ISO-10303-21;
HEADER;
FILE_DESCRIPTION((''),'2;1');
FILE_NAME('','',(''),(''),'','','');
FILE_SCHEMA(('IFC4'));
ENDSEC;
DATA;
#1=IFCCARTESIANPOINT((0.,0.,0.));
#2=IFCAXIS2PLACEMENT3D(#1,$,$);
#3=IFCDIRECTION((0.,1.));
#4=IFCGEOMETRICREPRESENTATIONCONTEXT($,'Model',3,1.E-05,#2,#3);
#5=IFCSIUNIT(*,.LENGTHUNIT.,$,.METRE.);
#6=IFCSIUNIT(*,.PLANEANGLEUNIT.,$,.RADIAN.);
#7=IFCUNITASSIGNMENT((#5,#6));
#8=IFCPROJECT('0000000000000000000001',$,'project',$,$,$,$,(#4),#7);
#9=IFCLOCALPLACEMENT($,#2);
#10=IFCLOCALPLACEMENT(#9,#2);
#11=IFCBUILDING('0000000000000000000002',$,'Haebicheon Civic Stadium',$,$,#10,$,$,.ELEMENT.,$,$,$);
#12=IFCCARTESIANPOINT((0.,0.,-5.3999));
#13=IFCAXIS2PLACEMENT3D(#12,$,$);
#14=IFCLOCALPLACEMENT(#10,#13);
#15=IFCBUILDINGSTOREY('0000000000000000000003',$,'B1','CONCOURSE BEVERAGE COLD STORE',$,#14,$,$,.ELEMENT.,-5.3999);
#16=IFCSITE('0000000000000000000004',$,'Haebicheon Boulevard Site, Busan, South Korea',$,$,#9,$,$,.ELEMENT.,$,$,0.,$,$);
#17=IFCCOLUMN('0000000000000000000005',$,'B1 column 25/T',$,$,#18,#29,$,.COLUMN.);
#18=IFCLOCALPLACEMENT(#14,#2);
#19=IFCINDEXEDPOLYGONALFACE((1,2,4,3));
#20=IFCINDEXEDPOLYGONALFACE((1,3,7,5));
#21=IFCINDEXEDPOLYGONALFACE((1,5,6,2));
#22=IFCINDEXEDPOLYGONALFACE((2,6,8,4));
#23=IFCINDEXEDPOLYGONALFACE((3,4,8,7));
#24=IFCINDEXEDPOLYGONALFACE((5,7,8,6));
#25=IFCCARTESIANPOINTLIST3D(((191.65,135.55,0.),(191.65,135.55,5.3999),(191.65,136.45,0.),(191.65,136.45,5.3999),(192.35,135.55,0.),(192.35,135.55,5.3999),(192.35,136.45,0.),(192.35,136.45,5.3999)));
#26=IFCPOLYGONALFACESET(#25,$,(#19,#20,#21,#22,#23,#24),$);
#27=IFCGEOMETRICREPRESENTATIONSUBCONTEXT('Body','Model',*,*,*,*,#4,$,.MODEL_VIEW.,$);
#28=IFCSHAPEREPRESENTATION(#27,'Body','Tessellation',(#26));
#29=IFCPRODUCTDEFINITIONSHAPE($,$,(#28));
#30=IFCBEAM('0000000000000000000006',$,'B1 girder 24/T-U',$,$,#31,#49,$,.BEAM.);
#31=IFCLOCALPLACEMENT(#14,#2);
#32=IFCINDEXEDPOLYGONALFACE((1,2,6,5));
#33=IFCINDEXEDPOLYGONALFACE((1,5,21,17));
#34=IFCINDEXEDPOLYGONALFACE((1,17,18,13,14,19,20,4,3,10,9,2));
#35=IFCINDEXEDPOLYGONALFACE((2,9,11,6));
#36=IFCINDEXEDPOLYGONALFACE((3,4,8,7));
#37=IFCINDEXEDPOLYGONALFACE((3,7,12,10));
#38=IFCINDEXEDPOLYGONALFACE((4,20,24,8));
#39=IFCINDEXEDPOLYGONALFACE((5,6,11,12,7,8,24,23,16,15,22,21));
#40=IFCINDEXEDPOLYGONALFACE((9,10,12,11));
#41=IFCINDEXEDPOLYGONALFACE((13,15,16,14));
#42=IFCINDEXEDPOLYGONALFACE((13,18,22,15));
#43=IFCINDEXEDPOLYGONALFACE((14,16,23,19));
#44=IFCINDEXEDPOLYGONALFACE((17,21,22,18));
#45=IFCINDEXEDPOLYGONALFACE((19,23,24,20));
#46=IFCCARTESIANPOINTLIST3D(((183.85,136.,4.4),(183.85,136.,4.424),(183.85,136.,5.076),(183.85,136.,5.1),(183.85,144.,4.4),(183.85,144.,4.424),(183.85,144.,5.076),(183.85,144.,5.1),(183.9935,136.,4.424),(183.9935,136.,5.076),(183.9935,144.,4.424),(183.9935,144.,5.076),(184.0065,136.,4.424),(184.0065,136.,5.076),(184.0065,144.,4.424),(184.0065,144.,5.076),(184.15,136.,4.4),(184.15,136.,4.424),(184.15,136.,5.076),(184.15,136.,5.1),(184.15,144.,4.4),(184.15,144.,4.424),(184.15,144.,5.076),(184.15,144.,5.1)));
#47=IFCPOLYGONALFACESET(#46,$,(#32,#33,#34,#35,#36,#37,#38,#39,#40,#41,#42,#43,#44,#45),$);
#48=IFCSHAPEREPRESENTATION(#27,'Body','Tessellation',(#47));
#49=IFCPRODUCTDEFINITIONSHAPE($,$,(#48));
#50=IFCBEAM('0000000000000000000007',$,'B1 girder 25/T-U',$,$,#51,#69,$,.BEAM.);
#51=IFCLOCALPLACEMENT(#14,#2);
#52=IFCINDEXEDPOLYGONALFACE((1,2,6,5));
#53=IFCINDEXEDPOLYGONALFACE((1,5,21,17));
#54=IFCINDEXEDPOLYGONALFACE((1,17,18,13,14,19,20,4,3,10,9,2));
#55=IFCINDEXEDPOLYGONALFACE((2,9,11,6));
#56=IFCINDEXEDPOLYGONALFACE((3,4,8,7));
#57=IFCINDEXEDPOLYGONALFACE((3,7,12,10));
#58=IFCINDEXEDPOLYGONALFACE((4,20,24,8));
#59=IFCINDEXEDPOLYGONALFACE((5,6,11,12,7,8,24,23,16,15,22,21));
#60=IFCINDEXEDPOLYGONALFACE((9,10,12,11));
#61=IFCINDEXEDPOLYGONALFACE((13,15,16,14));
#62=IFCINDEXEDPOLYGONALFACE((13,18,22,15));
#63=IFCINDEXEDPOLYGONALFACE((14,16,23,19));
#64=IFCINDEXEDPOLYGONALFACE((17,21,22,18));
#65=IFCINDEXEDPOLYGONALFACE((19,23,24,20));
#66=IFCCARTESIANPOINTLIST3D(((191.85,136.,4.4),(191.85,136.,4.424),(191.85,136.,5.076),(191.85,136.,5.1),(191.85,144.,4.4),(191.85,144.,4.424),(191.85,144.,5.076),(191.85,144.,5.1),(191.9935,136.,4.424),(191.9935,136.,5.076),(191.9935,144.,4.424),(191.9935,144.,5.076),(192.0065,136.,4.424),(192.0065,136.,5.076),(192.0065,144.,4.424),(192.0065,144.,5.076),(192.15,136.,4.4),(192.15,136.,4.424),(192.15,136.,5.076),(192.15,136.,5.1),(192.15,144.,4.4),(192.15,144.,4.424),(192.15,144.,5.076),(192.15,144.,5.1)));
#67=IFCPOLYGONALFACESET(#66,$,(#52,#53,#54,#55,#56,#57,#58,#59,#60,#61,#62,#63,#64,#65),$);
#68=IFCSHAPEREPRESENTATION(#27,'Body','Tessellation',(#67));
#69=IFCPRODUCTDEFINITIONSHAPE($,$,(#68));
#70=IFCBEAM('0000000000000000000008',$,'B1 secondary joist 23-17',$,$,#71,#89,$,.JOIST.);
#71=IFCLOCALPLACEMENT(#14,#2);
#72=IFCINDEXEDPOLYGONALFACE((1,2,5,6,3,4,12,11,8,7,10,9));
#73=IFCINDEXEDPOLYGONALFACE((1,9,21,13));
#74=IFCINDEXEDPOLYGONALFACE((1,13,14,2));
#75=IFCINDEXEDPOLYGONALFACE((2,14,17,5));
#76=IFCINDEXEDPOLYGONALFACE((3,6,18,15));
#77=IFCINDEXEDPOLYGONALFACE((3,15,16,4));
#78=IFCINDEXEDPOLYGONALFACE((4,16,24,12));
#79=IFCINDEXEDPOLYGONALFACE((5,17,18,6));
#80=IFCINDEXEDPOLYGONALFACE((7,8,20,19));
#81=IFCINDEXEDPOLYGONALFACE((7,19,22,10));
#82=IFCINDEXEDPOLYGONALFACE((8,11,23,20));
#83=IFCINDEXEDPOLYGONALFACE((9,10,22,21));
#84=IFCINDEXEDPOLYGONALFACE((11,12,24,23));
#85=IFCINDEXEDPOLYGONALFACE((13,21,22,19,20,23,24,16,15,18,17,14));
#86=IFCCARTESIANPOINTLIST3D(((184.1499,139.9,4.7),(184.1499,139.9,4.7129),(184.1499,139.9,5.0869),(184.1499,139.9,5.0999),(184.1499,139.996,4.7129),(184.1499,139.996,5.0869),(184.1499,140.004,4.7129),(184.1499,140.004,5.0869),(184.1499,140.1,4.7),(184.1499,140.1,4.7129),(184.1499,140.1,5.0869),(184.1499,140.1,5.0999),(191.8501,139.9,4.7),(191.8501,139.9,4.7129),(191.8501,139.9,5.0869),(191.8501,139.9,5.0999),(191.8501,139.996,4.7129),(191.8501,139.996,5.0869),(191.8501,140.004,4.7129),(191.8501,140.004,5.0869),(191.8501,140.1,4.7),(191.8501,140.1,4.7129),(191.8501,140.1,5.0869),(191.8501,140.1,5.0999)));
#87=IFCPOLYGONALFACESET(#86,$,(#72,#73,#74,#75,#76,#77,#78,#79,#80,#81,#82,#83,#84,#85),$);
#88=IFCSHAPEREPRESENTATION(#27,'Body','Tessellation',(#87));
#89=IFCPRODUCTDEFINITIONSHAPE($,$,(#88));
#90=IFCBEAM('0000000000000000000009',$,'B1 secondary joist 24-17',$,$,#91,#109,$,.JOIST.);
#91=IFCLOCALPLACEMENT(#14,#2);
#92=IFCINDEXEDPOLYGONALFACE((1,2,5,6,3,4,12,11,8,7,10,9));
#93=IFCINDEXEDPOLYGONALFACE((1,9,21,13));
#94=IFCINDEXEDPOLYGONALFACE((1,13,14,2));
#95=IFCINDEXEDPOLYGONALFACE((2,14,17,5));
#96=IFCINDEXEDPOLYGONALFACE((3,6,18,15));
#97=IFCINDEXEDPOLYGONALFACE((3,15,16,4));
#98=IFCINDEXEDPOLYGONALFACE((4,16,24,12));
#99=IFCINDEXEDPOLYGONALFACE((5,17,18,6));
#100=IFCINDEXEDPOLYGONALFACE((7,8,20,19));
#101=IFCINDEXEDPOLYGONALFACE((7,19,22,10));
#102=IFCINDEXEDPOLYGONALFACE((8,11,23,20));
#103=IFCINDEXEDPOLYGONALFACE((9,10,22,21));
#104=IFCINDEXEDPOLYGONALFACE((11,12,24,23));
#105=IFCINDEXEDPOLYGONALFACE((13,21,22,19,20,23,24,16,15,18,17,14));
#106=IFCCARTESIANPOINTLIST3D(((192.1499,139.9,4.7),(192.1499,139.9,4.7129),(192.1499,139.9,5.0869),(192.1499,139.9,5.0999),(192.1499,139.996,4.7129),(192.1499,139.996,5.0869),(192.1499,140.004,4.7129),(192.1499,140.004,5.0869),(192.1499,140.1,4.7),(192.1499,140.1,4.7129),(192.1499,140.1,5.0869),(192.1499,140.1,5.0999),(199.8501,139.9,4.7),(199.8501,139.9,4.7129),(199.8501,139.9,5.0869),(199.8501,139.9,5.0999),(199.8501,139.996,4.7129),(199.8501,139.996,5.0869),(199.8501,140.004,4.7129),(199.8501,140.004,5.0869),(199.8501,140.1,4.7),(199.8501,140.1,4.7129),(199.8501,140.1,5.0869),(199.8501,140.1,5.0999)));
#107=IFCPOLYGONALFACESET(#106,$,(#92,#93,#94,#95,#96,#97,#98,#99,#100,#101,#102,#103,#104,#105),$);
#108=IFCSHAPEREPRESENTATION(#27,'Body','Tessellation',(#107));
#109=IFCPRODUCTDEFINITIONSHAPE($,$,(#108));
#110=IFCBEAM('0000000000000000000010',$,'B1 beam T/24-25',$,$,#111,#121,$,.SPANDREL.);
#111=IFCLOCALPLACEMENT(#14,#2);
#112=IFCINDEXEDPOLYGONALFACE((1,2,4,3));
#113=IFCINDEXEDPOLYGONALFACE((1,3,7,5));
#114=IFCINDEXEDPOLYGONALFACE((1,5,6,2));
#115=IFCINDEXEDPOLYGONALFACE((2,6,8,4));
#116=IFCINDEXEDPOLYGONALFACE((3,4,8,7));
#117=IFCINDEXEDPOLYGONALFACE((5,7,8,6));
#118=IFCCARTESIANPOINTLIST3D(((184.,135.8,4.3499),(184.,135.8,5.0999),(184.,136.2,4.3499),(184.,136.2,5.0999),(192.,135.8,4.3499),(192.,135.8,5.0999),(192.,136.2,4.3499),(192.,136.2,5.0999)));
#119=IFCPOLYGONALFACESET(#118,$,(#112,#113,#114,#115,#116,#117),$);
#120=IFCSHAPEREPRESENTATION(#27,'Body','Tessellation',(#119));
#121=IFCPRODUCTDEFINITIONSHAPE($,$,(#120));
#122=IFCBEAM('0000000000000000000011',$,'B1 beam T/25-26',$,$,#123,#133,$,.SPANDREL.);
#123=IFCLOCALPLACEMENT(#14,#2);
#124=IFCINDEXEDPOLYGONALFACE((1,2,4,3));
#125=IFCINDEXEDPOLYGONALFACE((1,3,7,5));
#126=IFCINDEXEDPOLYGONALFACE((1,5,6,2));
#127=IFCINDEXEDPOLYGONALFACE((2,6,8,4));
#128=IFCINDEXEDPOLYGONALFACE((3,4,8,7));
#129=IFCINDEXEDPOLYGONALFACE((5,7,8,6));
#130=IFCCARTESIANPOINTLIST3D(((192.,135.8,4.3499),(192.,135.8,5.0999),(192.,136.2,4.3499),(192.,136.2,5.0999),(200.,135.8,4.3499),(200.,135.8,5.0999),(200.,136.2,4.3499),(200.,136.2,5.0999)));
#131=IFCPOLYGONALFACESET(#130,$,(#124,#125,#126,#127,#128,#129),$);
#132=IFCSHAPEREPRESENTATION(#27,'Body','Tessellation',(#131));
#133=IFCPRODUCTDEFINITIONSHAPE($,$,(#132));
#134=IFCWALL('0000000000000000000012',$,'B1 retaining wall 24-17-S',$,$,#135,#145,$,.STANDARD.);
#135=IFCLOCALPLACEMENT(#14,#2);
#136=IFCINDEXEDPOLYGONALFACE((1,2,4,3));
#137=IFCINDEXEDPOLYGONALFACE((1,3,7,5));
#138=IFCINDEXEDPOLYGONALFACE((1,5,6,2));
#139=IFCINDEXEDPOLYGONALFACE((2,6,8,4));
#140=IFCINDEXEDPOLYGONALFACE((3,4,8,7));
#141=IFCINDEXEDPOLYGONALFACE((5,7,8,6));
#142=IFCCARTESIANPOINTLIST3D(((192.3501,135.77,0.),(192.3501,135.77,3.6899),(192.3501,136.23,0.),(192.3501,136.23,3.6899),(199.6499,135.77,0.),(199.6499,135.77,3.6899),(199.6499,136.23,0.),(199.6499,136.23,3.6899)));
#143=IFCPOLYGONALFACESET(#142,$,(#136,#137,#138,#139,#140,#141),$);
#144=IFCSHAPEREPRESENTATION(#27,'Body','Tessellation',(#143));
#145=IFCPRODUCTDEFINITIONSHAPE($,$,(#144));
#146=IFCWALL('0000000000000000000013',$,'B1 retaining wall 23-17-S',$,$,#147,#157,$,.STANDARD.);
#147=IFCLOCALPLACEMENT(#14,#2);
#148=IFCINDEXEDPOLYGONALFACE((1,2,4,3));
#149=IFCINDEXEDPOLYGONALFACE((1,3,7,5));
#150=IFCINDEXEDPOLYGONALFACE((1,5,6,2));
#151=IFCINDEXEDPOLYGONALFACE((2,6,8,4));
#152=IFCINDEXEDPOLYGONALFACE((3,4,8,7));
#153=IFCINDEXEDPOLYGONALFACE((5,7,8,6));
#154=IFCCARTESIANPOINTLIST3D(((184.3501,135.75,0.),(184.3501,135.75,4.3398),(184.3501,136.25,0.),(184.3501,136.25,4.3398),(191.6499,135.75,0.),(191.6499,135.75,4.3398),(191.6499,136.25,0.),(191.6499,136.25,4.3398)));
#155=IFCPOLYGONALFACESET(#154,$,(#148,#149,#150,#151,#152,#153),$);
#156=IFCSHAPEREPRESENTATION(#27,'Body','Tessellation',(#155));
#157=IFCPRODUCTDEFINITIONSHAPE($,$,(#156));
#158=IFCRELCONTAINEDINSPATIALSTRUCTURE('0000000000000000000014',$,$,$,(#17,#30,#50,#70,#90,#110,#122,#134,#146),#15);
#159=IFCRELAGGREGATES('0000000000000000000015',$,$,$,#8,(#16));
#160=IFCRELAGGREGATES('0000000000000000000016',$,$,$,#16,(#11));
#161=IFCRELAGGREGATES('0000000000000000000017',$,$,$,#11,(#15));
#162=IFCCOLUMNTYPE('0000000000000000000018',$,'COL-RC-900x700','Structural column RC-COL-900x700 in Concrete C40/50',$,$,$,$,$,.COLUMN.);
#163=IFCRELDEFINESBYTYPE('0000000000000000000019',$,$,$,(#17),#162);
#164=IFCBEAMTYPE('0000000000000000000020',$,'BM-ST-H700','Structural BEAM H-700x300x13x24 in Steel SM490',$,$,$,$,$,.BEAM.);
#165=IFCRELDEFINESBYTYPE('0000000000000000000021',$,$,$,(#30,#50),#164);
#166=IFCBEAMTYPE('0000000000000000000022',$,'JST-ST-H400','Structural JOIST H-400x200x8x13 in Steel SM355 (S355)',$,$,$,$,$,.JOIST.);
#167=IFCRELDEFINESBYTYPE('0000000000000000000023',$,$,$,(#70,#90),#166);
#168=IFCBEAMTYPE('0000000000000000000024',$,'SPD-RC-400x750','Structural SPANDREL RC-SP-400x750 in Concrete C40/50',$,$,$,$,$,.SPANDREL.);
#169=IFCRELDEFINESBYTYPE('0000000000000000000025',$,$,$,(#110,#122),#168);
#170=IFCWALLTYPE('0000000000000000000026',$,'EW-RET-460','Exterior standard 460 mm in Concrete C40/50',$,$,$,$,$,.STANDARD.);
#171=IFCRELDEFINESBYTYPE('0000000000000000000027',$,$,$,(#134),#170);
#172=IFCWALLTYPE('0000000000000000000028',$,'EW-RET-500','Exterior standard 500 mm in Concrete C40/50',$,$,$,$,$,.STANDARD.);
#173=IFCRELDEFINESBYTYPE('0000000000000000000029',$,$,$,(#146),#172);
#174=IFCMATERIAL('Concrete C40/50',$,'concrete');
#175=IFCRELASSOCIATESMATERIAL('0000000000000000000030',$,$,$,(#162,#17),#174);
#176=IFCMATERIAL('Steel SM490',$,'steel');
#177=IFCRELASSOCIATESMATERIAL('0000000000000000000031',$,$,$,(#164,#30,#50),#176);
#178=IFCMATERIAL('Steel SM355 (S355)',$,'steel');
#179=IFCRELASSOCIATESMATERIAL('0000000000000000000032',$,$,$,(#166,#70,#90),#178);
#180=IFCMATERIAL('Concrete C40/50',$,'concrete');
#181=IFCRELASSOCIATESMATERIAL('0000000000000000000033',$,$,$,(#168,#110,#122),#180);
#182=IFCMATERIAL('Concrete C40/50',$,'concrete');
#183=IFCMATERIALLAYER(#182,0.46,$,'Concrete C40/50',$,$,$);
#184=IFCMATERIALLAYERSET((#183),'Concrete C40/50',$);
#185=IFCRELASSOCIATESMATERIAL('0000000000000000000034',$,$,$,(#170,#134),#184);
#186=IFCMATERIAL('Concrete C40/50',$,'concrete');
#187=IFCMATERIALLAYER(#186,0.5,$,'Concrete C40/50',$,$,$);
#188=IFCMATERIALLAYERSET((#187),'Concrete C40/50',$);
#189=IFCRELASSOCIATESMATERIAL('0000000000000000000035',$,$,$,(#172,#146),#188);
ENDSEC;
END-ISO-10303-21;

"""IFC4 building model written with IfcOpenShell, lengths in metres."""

from ifc_helpers import new_model, si_unit, direction, frame, frame_2d, origin, origin_2d, place, context, subcontext, project, spatial, rectangle, i_section, extrude, material, layer, layer_set, material_profile, profile_set, type_object, element, save


model = new_model("IFC4")

# Units and contexts
model_context = context("Model", 3, precision=1e-05, world=origin(), true_north=direction((0.0, 1.0)))
body_context = subcontext(model_context, "Body", "Model", "MODEL_VIEW")
ifc_project = project(units=[si_unit("LENGTHUNIT", "METRE"), si_unit("PLANEANGLEUNIT", "RADIAN")], contexts=[model_context])

# Site, building, storey
site_placement = place(None, origin())
site = spatial("IfcSite", under=ifc_project, at=site_placement, Name="Haebicheon Boulevard Site, Busan, South Korea", CompositionType="ELEMENT", RefElevation=0.0)
building_placement = place(site_placement, origin())
building = spatial("IfcBuilding", under=site, at=building_placement, Name="Haebicheon Civic Stadium", CompositionType="ELEMENT")
storey_placement = place(building_placement, frame((0.0, 0.0, -5.3999)))
storey = spatial("IfcBuildingStorey", under=building, at=storey_placement, Name="B1", Description="CONCOURSE BEVERAGE COLD STORE", CompositionType="ELEMENT", Elevation=-5.3999)

# Column
ifc_material_1 = material(Name="Concrete C40/50", Category="concrete")
ifc_material_profile_1 = material_profile(ifc_material_1, rectangle(XDim=0.7, YDim=0.8999, at=origin_2d()), Name="RC-COL-900x700")
ifc_profile_set_1 = profile_set([ifc_material_profile_1], Name="Concrete C40/50")
column_type = type_object("IfcColumnType", Name="COL-RC-900x700", Description="Structural column RC-COL-900x700 in Concrete C40/50", PredefinedType="COLUMN", material=ifc_profile_set_1)
for number, where, z_axis, x_axis, name in (
    (1, (192.0, 136.0, 0.0), (0.0, 0.0, 1.0), (1.0, 0.0, 0.0), "B1 column 25/T"),
):
    element("IfcColumn", number, at=place(storey_placement, frame(where, z_axis=z_axis, x_axis=x_axis)), inside=storey, type_object=column_type, material=ifc_profile_set_1, Name=name, PredefinedType="COLUMN", context=body_context, shape_type="SweptSolid", body=[
        extrude(rectangle(XDim=0.7, YDim=0.8999, at=origin_2d()), origin(), (0.0, 0.0, 1.0), 5.3999),
    ])

# Beams
ifc_material_2 = material(Name="Steel SM490", Category="steel")
ifc_material_profile_2 = material_profile(ifc_material_2, i_section(OverallWidth=0.3, OverallDepth=0.7, WebThickness=0.0129, FlangeThickness=0.0239, at=origin_2d()), Name="H-700x300x13x24")
ifc_profile_set_2 = profile_set([ifc_material_profile_2], Name="Steel SM490")
beam_type_1 = type_object("IfcBeamType", Name="BM-ST-H700", Description="Structural BEAM H-700x300x13x24 in Steel SM490", PredefinedType="BEAM", material=ifc_profile_set_2)
for number, where, z_axis, x_axis, name in (
    (2, (184.0, 136.0, 4.75), (0.0, 1.0, 0.0), (-1.0, 0.0, 0.0), "B1 girder 24/T-U"),
    (3, (192.0, 136.0, 4.75), (0.0, 1.0, 0.0), (-1.0, 0.0, 0.0), "B1 girder 25/T-U"),
):
    element("IfcBeam", number, at=place(storey_placement, frame(where, z_axis=z_axis, x_axis=x_axis)), inside=storey, type_object=beam_type_1, material=ifc_profile_set_2, Name=name, PredefinedType="BEAM", context=body_context, shape_type="SweptSolid", body=[
        extrude(i_section(OverallWidth=0.3, OverallDepth=0.7, WebThickness=0.0129, FlangeThickness=0.0239, at=origin_2d()), origin(), (0.0, 0.0, 1.0), 8.0),
    ])
ifc_material_3 = material(Name="Steel SM355 (S355)", Category="steel")
ifc_material_profile_3 = material_profile(ifc_material_3, i_section(OverallWidth=0.2, OverallDepth=0.3999, WebThickness=0.0081, FlangeThickness=0.0129, at=origin_2d()), Name="H-400x200x8x13")
ifc_profile_set_3 = profile_set([ifc_material_profile_3], Name="Steel SM355 (S355)")
beam_type_2 = type_object("IfcBeamType", Name="JST-ST-H400", Description="Structural JOIST H-400x200x8x13 in Steel SM355 (S355)", PredefinedType="JOIST", material=ifc_profile_set_3)
for number, where, z_axis, x_axis, name in (
    (4, (184.1499, 140.0, 4.8999), (1.0, 0.0, 0.0), (0.0, 1.0, 0.0), "B1 secondary joist 23-17"),
    (5, (192.1499, 140.0, 4.8999), (1.0, 0.0, 0.0), (0.0, 1.0, 0.0), "B1 secondary joist 24-17"),
):
    element("IfcBeam", number, at=place(storey_placement, frame(where, z_axis=z_axis, x_axis=x_axis)), inside=storey, type_object=beam_type_2, material=ifc_profile_set_3, Name=name, PredefinedType="JOIST", context=body_context, shape_type="SweptSolid", body=[
        extrude(i_section(OverallWidth=0.2, OverallDepth=0.3999, WebThickness=0.0081, FlangeThickness=0.0129, at=origin_2d()), origin(), (0.0, 0.0, 1.0), 7.7002),
    ])
ifc_material_4 = material(Name="Concrete C40/50", Category="concrete")
ifc_material_profile_4 = material_profile(ifc_material_4, rectangle(XDim=0.3999, YDim=0.75, at=origin_2d()), Name="RC-SP-400x750")
ifc_profile_set_4 = profile_set([ifc_material_profile_4], Name="Concrete C40/50")
beam_type_3 = type_object("IfcBeamType", Name="SPD-RC-400x750", Description="Structural SPANDREL RC-SP-400x750 in Concrete C40/50", PredefinedType="SPANDREL", material=ifc_profile_set_4)
for number, where, z_axis, x_axis, name in (
    (6, (184.0, 136.0, 4.7249), (1.0, 0.0, 0.0), (0.0, 1.0, 0.0), "B1 beam T/24-25"),
    (7, (192.0, 136.0, 4.7249), (1.0, 0.0, 0.0), (0.0, 1.0, 0.0), "B1 beam T/25-26"),
):
    element("IfcBeam", number, at=place(storey_placement, frame(where, z_axis=z_axis, x_axis=x_axis)), inside=storey, type_object=beam_type_3, material=ifc_profile_set_4, Name=name, PredefinedType="SPANDREL", context=body_context, shape_type="SweptSolid", body=[
        extrude(rectangle(XDim=0.3999, YDim=0.75, at=origin_2d()), origin(), (0.0, 0.0, 1.0), 8.0),
    ])

# Walls
ifc_material_5 = material(Name="Concrete C40/50", Category="concrete")
ifc_layer_1 = layer(ifc_material_5, 0.46, Name="Concrete C40/50")
ifc_layer_set_1 = layer_set([ifc_layer_1], Name="Concrete C40/50")
wall_type_1 = type_object("IfcWallType", Name="EW-RET-460", Description="Exterior standard 460 mm in Concrete C40/50", PredefinedType="STANDARD", material=ifc_layer_set_1)
wall_1_placement = place(storey_placement, frame((192.3501, 136.0, 0.0), z_axis=(0.0, 0.0, 1.0), x_axis=(1.0, 0.0, 0.0)))
element("IfcWall", 8, at=wall_1_placement, inside=storey, type_object=wall_type_1, material=ifc_layer_set_1, Name="B1 retaining wall 24-17-S", PredefinedType="STANDARD", context=body_context, shape_type="SweptSolid", body=[
    extrude(rectangle(XDim=7.2998, YDim=0.46, at=frame_2d((3.6499, 0.0))), origin(), (0.0, 0.0, 1.0), 3.6899),
])
ifc_material_6 = material(Name="Concrete C40/50", Category="concrete")
ifc_layer_2 = layer(ifc_material_6, 0.5, Name="Concrete C40/50")
ifc_layer_set_2 = layer_set([ifc_layer_2], Name="Concrete C40/50")
wall_type_2 = type_object("IfcWallType", Name="EW-RET-500", Description="Exterior standard 500 mm in Concrete C40/50", PredefinedType="STANDARD", material=ifc_layer_set_2)
wall_2_placement = place(storey_placement, frame((184.3501, 136.0, 0.0), z_axis=(0.0, 0.0, 1.0), x_axis=(1.0, 0.0, 0.0)))
element("IfcWall", 9, at=wall_2_placement, inside=storey, type_object=wall_type_2, material=ifc_layer_set_2, Name="B1 retaining wall 23-17-S", PredefinedType="STANDARD", context=body_context, shape_type="SweptSolid", body=[
    extrude(rectangle(XDim=7.2998, YDim=0.5, at=frame_2d((3.6499, 0.0))), origin(), (0.0, 0.0, 1.0), 4.3398),
])

save(model, "model.ifc")
